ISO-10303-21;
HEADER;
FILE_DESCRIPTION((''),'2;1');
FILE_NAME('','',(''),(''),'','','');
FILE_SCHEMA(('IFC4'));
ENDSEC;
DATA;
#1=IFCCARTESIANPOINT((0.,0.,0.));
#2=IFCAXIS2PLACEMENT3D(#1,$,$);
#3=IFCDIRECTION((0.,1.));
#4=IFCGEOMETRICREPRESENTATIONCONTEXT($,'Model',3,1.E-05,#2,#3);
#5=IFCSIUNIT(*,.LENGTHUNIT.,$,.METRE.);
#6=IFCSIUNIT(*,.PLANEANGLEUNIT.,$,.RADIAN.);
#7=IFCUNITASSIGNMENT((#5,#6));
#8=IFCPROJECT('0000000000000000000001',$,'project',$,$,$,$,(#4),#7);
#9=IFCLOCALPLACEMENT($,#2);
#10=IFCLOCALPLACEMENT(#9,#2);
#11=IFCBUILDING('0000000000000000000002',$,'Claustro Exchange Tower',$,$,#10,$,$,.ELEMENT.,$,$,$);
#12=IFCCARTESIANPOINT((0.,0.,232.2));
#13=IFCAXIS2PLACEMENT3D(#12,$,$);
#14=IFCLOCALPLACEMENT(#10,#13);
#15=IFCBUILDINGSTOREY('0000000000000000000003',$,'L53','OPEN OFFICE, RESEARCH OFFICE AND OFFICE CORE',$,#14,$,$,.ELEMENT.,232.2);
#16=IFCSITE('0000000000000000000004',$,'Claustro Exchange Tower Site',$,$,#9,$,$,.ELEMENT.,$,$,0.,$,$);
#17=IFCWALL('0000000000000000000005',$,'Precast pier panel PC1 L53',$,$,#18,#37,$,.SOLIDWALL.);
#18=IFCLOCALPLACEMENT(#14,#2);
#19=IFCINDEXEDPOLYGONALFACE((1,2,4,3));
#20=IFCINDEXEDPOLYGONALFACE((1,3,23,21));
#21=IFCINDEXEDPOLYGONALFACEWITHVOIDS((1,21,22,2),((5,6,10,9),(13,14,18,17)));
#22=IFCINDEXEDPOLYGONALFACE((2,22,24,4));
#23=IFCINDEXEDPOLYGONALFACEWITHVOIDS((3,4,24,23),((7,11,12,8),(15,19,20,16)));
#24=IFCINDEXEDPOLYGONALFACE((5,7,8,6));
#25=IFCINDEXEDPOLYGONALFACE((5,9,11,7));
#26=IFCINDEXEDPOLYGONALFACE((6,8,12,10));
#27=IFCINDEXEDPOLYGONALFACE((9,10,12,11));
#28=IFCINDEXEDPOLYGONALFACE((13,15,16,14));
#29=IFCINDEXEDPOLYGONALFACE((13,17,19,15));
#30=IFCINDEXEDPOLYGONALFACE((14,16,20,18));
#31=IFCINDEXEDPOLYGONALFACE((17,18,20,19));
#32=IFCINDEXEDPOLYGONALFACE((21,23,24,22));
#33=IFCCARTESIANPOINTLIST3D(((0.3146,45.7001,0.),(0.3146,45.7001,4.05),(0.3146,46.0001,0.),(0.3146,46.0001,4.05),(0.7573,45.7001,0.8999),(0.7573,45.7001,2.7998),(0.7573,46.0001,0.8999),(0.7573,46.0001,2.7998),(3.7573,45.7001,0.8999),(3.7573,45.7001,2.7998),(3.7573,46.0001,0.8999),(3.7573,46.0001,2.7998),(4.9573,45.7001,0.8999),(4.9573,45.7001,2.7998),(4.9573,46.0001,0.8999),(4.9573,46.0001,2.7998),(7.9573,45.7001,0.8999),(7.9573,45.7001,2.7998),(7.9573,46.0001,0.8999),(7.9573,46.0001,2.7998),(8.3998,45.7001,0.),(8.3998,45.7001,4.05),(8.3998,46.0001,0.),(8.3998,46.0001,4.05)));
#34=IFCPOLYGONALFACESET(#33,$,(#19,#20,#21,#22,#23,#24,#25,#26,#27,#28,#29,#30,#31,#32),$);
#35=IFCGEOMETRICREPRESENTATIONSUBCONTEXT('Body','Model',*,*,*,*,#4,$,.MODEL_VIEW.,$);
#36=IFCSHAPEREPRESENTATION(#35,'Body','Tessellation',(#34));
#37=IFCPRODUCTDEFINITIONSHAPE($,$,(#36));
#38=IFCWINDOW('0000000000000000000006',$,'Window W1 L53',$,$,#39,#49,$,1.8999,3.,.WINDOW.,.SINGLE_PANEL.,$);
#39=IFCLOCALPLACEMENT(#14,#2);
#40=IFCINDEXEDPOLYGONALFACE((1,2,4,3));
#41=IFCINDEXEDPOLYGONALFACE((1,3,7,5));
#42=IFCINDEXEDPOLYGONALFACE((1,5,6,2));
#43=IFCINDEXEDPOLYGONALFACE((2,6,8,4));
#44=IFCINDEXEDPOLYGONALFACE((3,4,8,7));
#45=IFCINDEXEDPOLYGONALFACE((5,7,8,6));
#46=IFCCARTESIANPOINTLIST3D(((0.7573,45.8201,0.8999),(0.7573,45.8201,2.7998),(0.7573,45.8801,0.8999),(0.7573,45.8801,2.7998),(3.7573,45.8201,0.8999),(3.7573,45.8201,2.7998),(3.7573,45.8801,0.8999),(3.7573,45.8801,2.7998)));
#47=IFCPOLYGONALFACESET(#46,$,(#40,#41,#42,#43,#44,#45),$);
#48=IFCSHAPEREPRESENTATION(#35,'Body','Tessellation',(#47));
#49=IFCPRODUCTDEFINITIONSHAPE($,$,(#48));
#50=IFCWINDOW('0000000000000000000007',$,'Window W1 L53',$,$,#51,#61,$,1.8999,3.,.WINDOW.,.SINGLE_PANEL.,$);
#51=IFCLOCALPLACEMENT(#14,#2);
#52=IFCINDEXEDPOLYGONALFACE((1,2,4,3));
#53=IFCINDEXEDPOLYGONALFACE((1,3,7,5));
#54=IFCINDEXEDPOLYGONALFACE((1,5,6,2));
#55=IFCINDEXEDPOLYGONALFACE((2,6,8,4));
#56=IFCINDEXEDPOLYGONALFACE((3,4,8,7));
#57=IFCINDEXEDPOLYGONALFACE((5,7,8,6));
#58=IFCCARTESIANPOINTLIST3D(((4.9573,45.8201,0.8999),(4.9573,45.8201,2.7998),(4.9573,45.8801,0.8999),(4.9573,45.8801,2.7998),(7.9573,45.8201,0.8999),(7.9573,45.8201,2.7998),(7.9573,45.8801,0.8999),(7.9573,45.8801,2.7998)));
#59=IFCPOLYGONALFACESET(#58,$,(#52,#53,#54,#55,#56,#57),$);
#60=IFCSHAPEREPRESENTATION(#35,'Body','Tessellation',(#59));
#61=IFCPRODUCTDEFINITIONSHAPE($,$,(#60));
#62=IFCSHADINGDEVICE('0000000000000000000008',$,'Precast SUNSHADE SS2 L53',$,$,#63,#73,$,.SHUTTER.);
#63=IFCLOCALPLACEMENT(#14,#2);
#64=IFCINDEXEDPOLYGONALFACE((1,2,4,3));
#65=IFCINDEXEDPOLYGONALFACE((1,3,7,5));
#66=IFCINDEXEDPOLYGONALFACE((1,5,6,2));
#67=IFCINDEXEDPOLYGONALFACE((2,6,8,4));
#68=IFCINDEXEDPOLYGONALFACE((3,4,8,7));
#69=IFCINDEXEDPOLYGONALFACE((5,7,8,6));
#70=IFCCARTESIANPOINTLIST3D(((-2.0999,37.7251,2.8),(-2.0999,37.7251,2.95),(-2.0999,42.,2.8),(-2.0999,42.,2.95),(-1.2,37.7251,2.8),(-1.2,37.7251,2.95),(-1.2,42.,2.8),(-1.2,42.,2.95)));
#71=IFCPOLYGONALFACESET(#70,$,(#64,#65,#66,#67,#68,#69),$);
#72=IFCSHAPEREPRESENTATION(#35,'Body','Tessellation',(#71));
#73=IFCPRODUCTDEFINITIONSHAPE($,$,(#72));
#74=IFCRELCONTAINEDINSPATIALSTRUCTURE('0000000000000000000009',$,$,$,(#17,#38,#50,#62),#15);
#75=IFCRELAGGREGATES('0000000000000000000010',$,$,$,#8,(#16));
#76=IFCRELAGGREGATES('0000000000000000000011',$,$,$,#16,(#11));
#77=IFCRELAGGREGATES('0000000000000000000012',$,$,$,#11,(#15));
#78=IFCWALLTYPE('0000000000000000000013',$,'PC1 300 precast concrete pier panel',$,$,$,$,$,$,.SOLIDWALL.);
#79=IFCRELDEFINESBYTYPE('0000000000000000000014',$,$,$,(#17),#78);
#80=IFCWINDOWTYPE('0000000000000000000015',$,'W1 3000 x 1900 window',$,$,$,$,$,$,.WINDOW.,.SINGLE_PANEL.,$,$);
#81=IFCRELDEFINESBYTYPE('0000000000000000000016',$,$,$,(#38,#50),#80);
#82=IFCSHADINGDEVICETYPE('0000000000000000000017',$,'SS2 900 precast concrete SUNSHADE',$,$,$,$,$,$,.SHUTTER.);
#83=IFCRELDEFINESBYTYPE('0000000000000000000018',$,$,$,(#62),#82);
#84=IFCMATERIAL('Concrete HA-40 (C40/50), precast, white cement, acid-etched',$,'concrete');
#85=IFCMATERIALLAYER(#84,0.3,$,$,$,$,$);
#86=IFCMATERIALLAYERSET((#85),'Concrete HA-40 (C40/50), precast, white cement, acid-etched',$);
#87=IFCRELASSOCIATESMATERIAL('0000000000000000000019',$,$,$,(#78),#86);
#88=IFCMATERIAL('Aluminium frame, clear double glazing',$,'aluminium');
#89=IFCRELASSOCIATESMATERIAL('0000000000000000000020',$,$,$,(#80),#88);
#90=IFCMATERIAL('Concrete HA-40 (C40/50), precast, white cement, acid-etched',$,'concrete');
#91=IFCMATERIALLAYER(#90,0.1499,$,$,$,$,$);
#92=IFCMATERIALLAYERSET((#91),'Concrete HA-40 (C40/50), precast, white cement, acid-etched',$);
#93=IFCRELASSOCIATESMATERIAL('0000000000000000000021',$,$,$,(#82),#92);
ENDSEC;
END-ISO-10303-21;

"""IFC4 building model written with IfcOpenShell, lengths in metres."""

from ifc_helpers import new_model, si_unit, direction, frame, frame_2d, origin, origin_2d, place, context, subcontext, project, spatial, rectangle, extrude, material, layer, layer_set, type_object, element, fill, save


model = new_model("IFC4")

# Units and contexts
model_context = context("Model", 3, precision=1e-05, world=origin(), true_north=direction((0.0, 1.0)))
body_context = subcontext(model_context, "Body", "Model", "MODEL_VIEW")
ifc_project = project(units=[si_unit("LENGTHUNIT", "METRE"), si_unit("PLANEANGLEUNIT", "RADIAN")], contexts=[model_context])

# Site, building, storey
site_placement = place(None, origin())
site = spatial("IfcSite", under=ifc_project, at=site_placement, Name="Claustro Exchange Tower Site", CompositionType="ELEMENT", RefElevation=0.0)
building_placement = place(site_placement, origin())
building = spatial("IfcBuilding", under=site, at=building_placement, Name="Claustro Exchange Tower", CompositionType="ELEMENT")
storey_placement = place(building_placement, frame((0.0, 0.0, 232.2)))
storey = spatial("IfcBuildingStorey", under=building, at=storey_placement, Name="L53", Description="OPEN OFFICE, RESEARCH OFFICE AND OFFICE CORE", CompositionType="ELEMENT", Elevation=232.2)

# Shared definitions
ifc_material_1 = material(Name="Concrete HA-40 (C40/50), precast, white cement, acid-etched", Category="concrete")
ifc_layer_1 = layer(ifc_material_1, 0.3)
ifc_layer_set_1 = layer_set([ifc_layer_1], Name="Concrete HA-40 (C40/50), precast, white cement, acid-etched")
wall_type_1 = type_object("IfcWallType", Name="PC1 300 precast concrete pier panel", PredefinedType="SOLIDWALL", material=ifc_layer_set_1)

# Wall, openings, windows
wall_1_placement = place(storey_placement, frame((0.3147, 45.8501, 0.0), z_axis=(0.0, 0.0, 1.0), x_axis=(1.0, 0.0, 0.0)))
wall_1 = element("IfcWall", 1, at=wall_1_placement, inside=storey, type_object=wall_type_1, Name="Precast pier panel PC1 L53", PredefinedType="SOLIDWALL", context=body_context, shape_type="SweptSolid", body=[
    extrude(rectangle(XDim=8.0852, YDim=0.3, at=frame_2d((4.0425, 0.0))), origin(), (0.0, 0.0, 1.0), 4.05),
])
opening_1_placement = place(wall_1_placement, frame((0.4426, 0.0, 0.8999)))
opening_1 = element("IfcOpeningElement", 2, at=opening_1_placement, cuts=wall_1, PredefinedType="OPENING", context=body_context, shape_type="SweptSolid", body=[
    extrude(rectangle(XDim=3.0, YDim=1.8999, at=frame_2d((1.5, 0.95))), frame((0.0, 0.1599, 0.0), z_axis=(0.0, -1.0, 0.0), x_axis=(1.0, 0.0, 0.0)), (0.0, 0.0, 1.0), 0.3201),
])
opening_2_placement = place(wall_1_placement, frame((4.6426, 0.0, 0.8999)))
opening_2 = element("IfcOpeningElement", 3, at=opening_2_placement, cuts=wall_1, PredefinedType="OPENING", context=body_context, shape_type="SweptSolid", body=[
    extrude(rectangle(XDim=3.0, YDim=1.8999, at=frame_2d((1.5, 0.95))), frame((0.0, 0.1599, 0.0), z_axis=(0.0, -1.0, 0.0), x_axis=(1.0, 0.0, 0.0)), (0.0, 0.0, 1.0), 0.3201),
])
ifc_material_2 = material(Name="Aluminium frame, clear double glazing", Category="aluminium")
window_type_1 = type_object("IfcWindowType", Name="W1 3000 x 1900 window", PartitioningType="SINGLE_PANEL", PredefinedType="WINDOW", material=ifc_material_2)
window_1_placement = place(opening_1_placement, origin())
window_1 = element("IfcWindow", 4, at=window_1_placement, inside=storey, type_object=window_type_1, Name="Window W1 L53", OverallHeight=1.8999, OverallWidth=3.0, PartitioningType="SINGLE_PANEL", PredefinedType="WINDOW", context=body_context, shape_type="SweptSolid", body=[
    extrude(rectangle(XDim=3.0, YDim=1.8999, at=frame_2d((1.5, 0.95))), frame((0.0, 0.03, 0.0), z_axis=(0.0, -1.0, 0.0), x_axis=(1.0, 0.0, 0.0)), (0.0, 0.0, 1.0), 0.0601),
])
fill(opening_1, window_1)
window_2_placement = place(opening_2_placement, origin())
window_2 = element("IfcWindow", 5, at=window_2_placement, inside=storey, type_object=window_type_1, Name="Window W1 L53", OverallHeight=1.8999, OverallWidth=3.0, PartitioningType="SINGLE_PANEL", PredefinedType="WINDOW", context=body_context, shape_type="SweptSolid", body=[
    extrude(rectangle(XDim=3.0, YDim=1.8999, at=frame_2d((1.5, 0.95))), frame((0.0, 0.03, 0.0), z_axis=(0.0, -1.0, 0.0), x_axis=(1.0, 0.0, 0.0)), (0.0, 0.0, 1.0), 0.0601),
])
fill(opening_2, window_2)

# Shading device
ifc_material_3 = material(Name="Concrete HA-40 (C40/50), precast, white cement, acid-etched", Category="concrete")
ifc_layer_2 = layer(ifc_material_3, 0.1499)
ifc_layer_set_2 = layer_set([ifc_layer_2], Name="Concrete HA-40 (C40/50), precast, white cement, acid-etched")
shading_device_type = type_object("IfcShadingDeviceType", Name="SS2 900 precast concrete SUNSHADE", PredefinedType="SHUTTER", material=ifc_layer_set_2)
shading_device_placement = place(storey_placement, frame((-1.6499, 39.8625, 2.8), z_axis=(0.0, 0.0, 1.0), x_axis=(0.0, 1.0, 0.0)))
element("IfcShadingDevice", 6, at=shading_device_placement, inside=storey, type_object=shading_device_type, Name="Precast SUNSHADE SS2 L53", PredefinedType="SHUTTER", context=body_context, shape_type="SweptSolid", body=[
    extrude(rectangle(XDim=4.2749, YDim=0.8999, at=origin_2d()), origin(), (0.0, 0.0, 1.0), 0.1499),
])

save(model, "model.ifc")
